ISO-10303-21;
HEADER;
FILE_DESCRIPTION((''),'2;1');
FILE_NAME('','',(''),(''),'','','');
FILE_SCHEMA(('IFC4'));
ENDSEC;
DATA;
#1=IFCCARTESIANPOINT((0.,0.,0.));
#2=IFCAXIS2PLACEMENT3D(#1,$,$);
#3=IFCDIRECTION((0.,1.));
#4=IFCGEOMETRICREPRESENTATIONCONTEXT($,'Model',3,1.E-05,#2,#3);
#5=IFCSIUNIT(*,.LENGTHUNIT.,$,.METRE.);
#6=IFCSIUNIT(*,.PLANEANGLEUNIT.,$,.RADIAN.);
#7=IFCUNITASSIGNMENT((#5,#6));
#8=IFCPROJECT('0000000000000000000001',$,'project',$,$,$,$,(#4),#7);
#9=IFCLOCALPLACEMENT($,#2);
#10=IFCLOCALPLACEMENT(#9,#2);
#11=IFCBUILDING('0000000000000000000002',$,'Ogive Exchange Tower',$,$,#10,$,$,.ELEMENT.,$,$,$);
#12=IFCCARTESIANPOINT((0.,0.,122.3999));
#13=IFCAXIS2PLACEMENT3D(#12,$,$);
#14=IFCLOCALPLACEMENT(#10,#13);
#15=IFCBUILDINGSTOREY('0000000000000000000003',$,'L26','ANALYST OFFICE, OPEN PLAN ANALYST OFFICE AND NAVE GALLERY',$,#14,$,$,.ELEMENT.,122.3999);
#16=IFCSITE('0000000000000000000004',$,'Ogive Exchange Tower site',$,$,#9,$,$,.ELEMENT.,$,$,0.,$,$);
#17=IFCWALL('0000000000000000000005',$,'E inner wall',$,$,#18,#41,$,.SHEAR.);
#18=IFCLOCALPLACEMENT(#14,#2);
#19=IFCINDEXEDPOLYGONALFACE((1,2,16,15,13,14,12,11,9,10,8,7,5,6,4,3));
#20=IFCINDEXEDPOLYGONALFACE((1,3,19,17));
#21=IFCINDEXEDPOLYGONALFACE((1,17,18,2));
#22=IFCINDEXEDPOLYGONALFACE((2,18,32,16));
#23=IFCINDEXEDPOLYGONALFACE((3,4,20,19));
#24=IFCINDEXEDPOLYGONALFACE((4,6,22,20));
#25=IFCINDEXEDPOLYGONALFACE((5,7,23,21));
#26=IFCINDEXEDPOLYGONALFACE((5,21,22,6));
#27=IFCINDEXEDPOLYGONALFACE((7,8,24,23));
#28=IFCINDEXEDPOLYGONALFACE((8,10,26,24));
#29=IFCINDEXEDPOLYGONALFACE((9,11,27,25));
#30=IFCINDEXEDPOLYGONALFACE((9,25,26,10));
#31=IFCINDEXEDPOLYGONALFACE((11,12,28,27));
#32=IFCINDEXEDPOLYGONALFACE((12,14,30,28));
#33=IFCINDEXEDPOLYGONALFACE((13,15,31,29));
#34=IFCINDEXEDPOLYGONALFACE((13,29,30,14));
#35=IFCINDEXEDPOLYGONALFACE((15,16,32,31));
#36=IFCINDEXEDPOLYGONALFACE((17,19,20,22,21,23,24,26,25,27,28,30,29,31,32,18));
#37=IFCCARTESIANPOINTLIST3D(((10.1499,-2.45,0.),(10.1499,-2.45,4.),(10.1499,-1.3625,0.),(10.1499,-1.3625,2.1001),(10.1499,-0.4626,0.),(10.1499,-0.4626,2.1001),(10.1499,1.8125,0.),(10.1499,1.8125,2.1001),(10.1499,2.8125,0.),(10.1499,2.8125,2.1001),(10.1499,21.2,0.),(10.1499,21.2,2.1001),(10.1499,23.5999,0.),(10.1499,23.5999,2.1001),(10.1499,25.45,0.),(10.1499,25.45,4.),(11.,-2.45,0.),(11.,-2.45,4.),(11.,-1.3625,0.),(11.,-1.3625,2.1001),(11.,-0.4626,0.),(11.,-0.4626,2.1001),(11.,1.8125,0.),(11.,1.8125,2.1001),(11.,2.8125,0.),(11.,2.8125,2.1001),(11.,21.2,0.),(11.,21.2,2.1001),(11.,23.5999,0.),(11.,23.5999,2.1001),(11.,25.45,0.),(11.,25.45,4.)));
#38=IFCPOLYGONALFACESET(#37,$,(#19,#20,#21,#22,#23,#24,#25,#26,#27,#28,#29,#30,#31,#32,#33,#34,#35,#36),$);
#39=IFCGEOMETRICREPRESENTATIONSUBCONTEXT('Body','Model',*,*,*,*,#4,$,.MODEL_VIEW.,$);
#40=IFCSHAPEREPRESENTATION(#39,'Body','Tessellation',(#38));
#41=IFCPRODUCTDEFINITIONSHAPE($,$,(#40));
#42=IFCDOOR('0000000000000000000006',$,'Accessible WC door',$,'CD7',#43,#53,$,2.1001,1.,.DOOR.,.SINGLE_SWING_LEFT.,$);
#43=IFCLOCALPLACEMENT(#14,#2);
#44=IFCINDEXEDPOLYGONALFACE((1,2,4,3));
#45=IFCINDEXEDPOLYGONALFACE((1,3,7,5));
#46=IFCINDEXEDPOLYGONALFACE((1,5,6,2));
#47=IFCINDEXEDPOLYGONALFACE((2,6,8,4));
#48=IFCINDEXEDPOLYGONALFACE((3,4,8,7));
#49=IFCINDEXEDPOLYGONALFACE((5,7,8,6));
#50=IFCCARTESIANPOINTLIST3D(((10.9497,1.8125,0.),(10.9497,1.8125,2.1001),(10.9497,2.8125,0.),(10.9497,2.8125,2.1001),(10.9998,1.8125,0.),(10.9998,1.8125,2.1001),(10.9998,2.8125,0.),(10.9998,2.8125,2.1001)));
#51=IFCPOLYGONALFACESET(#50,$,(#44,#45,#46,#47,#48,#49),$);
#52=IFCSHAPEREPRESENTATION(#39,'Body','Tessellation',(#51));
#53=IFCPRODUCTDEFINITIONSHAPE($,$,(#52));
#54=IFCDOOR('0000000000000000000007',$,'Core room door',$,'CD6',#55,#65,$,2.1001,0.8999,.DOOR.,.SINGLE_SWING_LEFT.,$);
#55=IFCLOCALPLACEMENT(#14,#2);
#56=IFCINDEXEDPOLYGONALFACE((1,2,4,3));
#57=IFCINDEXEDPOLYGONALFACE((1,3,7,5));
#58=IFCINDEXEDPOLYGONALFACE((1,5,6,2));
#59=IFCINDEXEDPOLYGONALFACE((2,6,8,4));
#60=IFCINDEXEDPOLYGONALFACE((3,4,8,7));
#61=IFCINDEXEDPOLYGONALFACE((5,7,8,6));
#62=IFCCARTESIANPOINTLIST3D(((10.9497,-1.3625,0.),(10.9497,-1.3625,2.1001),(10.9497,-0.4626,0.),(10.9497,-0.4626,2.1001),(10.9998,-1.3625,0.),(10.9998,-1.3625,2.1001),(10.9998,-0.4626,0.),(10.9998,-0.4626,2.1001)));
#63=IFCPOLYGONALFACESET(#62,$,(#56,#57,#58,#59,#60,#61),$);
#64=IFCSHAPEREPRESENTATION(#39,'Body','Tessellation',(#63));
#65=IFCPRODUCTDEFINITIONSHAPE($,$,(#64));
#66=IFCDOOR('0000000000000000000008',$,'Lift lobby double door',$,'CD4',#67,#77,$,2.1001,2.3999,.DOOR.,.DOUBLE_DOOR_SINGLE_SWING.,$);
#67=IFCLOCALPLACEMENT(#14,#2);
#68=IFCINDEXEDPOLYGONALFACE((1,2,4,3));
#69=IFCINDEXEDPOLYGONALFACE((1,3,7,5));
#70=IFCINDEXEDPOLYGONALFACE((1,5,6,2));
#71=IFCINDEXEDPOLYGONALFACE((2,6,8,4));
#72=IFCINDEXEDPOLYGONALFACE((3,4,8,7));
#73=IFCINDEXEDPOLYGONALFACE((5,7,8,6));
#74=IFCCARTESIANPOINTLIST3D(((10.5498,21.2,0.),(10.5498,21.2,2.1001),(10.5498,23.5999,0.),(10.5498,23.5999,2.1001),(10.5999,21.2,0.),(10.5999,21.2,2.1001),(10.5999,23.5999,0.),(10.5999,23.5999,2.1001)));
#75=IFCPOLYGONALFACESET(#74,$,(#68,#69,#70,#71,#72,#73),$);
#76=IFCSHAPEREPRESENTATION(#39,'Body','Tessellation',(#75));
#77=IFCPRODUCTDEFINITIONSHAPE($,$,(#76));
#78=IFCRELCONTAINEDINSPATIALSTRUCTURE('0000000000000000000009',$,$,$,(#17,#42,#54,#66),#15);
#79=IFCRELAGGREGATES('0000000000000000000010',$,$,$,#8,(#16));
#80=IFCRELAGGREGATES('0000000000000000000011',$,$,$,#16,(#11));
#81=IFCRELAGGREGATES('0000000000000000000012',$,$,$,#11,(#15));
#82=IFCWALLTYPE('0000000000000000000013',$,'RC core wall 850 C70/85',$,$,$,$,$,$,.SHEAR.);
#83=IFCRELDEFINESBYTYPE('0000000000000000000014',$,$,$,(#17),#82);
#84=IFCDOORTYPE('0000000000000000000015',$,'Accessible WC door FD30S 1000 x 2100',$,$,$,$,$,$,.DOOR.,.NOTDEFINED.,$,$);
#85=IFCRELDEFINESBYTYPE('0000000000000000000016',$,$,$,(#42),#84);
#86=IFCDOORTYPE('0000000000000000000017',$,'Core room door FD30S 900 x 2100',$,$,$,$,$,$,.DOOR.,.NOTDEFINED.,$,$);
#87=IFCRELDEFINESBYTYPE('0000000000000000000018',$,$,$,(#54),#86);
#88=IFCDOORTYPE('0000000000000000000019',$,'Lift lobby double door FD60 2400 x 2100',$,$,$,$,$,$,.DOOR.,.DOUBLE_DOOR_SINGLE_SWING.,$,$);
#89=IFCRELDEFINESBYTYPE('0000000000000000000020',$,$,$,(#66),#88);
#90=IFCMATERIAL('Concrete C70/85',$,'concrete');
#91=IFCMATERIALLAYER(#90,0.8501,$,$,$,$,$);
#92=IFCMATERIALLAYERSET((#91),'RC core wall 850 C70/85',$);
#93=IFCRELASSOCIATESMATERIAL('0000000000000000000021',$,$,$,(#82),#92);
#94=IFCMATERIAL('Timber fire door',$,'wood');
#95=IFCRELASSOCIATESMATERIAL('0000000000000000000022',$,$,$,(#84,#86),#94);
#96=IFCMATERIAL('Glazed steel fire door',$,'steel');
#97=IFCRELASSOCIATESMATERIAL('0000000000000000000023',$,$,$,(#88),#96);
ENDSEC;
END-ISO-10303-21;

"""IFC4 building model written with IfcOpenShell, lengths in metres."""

from ifc_helpers import new_model, si_unit, direction, frame, frame_2d, origin, place, context, subcontext, project, spatial, rectangle, extrude, material, layer, layer_set, type_object, element, fill, save


model = new_model("IFC4")

# Units and contexts
model_context = context("Model", 3, precision=1e-05, world=origin(), true_north=direction((0.0, 1.0)))
body_context = subcontext(model_context, "Body", "Model", "MODEL_VIEW")
ifc_project = project(units=[si_unit("LENGTHUNIT", "METRE"), si_unit("PLANEANGLEUNIT", "RADIAN")], contexts=[model_context])

# Site, building, storey
site_placement = place(None, origin())
site = spatial("IfcSite", under=ifc_project, at=site_placement, Name="Ogive Exchange Tower site", CompositionType="ELEMENT", RefElevation=0.0)
building_placement = place(site_placement, origin())
building = spatial("IfcBuilding", under=site, at=building_placement, Name="Ogive Exchange Tower", CompositionType="ELEMENT")
storey_placement = place(building_placement, frame((0.0, 0.0, 122.3999)))
storey = spatial("IfcBuildingStorey", under=building, at=storey_placement, Name="L26", Description="ANALYST OFFICE, OPEN PLAN ANALYST OFFICE AND NAVE GALLERY", CompositionType="ELEMENT", Elevation=122.3999)

# Shared definitions
ifc_material_1 = material(Name="Concrete C70/85", Category="concrete")

# Wall, openings, doors
ifc_layer_1 = layer(ifc_material_1, 0.8501)
ifc_layer_set_1 = layer_set([ifc_layer_1], Name="RC core wall 850 C70/85")
wall_type_1 = type_object("IfcWallType", Name="RC core wall 850 C70/85", PredefinedType="SHEAR", material=ifc_layer_set_1)
wall_1_placement = place(storey_placement, frame((10.575, -2.45, 0.0), z_axis=(0.0, 0.0, 1.0), x_axis=(0.0, 1.0, 0.0)))
wall_1 = element("IfcWall", 1, at=wall_1_placement, inside=storey, type_object=wall_type_1, Name="E inner wall", PredefinedType="SHEAR", context=body_context, shape_type="SweptSolid", body=[
    extrude(rectangle(XDim=27.8999, YDim=0.8501, at=frame_2d((13.95, 0.0))), origin(), (0.0, 0.0, 1.0), 4.0),
])
opening_1_placement = place(wall_1_placement, frame((23.6499, 0.0, 0.0)))
opening_1 = element("IfcOpeningElement", 2, at=opening_1_placement, cuts=wall_1, PredefinedType="OPENING", context=body_context, shape_type="SweptSolid", body=[
    extrude(rectangle(XDim=2.3999, YDim=2.1001, at=frame_2d((1.2, 1.05))), frame((0.0, 0.4351, 0.0), z_axis=(0.0, -1.0, 0.0), x_axis=(1.0, 0.0, 0.0)), (0.0, 0.0, 1.0), 0.8701),
])
opening_2_placement = place(wall_1_placement, frame((1.0874, 0.0, 0.0)))
opening_2 = element("IfcOpeningElement", 3, at=opening_2_placement, cuts=wall_1, PredefinedType="OPENING", context=body_context, shape_type="SweptSolid", body=[
    extrude(rectangle(XDim=0.8999, YDim=2.1001, at=frame_2d((0.45, 1.05))), frame((0.0, 0.4351, 0.0), z_axis=(0.0, -1.0, 0.0), x_axis=(1.0, 0.0, 0.0)), (0.0, 0.0, 1.0), 0.8701),
])
opening_3_placement = place(wall_1_placement, frame((4.2625, 0.0, 0.0)))
opening_3 = element("IfcOpeningElement", 4, at=opening_3_placement, cuts=wall_1, PredefinedType="OPENING", context=body_context, shape_type="SweptSolid", body=[
    extrude(rectangle(XDim=1.0, YDim=2.1001, at=frame_2d((0.5, 1.05))), frame((0.0, 0.4351, 0.0), z_axis=(0.0, -1.0, 0.0), x_axis=(1.0, 0.0, 0.0)), (0.0, 0.0, 1.0), 0.8701),
])
ifc_material_2 = material(Name="Timber fire door", Category="wood")
door_type_1 = type_object("IfcDoorType", Name="Accessible WC door FD30S 1000 x 2100", OperationType="NOTDEFINED", PredefinedType="DOOR", material=ifc_material_2)
door_1_placement = place(opening_3_placement, frame((1.0, -0.7998, 0.0), z_axis=(0.0, 0.0, 1.0), x_axis=(-1.0, 0.0, 0.0)))
door_1 = element("IfcDoor", 5, at=door_1_placement, inside=storey, type_object=door_type_1, Name="Accessible WC door", ObjectType="CD7", OperationType="SINGLE_SWING_LEFT", OverallHeight=2.1001, OverallWidth=1.0, PredefinedType="DOOR", context=body_context, shape_type="SweptSolid", body=[
    extrude(rectangle(XDim=1.0, YDim=2.1001, at=frame_2d((0.5, 1.05))), frame((0.0, -0.375, 0.0), z_axis=(0.0, -1.0, 0.0), x_axis=(1.0, 0.0, 0.0)), (0.0, 0.0, 1.0), 0.05),
])
fill(opening_3, door_1)
door_type_2 = type_object("IfcDoorType", Name="Core room door FD30S 900 x 2100", OperationType="NOTDEFINED", PredefinedType="DOOR", material=ifc_material_2)
door_2_placement = place(opening_2_placement, frame((0.8999, -0.7998, 0.0), z_axis=(0.0, 0.0, 1.0), x_axis=(-1.0, 0.0, 0.0)))
door_2 = element("IfcDoor", 6, at=door_2_placement, inside=storey, type_object=door_type_2, Name="Core room door", ObjectType="CD6", OperationType="SINGLE_SWING_LEFT", OverallHeight=2.1001, OverallWidth=0.8999, PredefinedType="DOOR", context=body_context, shape_type="SweptSolid", body=[
    extrude(rectangle(XDim=0.8999, YDim=2.1001, at=frame_2d((0.45, 1.05))), frame((0.0, -0.375, 0.0), z_axis=(0.0, -1.0, 0.0), x_axis=(1.0, 0.0, 0.0)), (0.0, 0.0, 1.0), 0.05),
])
fill(opening_2, door_2)
ifc_material_3 = material(Name="Glazed steel fire door", Category="steel")
door_type_3 = type_object("IfcDoorType", Name="Lift lobby double door FD60 2400 x 2100", OperationType="DOUBLE_DOOR_SINGLE_SWING", PredefinedType="DOOR", material=ifc_material_3)
door_3_placement = place(opening_1_placement, frame((2.3999, 0.0, 0.0), z_axis=(0.0, 0.0, 1.0), x_axis=(-1.0, 0.0, 0.0)))
door_3 = element("IfcDoor", 7, at=door_3_placement, inside=storey, type_object=door_type_3, Name="Lift lobby double door", ObjectType="CD4", OperationType="DOUBLE_DOOR_SINGLE_SWING", OverallHeight=2.1001, OverallWidth=2.3999, PredefinedType="DOOR", context=body_context, shape_type="SweptSolid", body=[
    extrude(rectangle(XDim=2.3999, YDim=2.1001, at=frame_2d((1.2, 1.05))), frame((0.0, 0.0249, 0.0), z_axis=(0.0, -1.0, 0.0), x_axis=(1.0, 0.0, 0.0)), (0.0, 0.0, 1.0), 0.05),
])
fill(opening_1, door_3)

save(model, "model.ifc")
